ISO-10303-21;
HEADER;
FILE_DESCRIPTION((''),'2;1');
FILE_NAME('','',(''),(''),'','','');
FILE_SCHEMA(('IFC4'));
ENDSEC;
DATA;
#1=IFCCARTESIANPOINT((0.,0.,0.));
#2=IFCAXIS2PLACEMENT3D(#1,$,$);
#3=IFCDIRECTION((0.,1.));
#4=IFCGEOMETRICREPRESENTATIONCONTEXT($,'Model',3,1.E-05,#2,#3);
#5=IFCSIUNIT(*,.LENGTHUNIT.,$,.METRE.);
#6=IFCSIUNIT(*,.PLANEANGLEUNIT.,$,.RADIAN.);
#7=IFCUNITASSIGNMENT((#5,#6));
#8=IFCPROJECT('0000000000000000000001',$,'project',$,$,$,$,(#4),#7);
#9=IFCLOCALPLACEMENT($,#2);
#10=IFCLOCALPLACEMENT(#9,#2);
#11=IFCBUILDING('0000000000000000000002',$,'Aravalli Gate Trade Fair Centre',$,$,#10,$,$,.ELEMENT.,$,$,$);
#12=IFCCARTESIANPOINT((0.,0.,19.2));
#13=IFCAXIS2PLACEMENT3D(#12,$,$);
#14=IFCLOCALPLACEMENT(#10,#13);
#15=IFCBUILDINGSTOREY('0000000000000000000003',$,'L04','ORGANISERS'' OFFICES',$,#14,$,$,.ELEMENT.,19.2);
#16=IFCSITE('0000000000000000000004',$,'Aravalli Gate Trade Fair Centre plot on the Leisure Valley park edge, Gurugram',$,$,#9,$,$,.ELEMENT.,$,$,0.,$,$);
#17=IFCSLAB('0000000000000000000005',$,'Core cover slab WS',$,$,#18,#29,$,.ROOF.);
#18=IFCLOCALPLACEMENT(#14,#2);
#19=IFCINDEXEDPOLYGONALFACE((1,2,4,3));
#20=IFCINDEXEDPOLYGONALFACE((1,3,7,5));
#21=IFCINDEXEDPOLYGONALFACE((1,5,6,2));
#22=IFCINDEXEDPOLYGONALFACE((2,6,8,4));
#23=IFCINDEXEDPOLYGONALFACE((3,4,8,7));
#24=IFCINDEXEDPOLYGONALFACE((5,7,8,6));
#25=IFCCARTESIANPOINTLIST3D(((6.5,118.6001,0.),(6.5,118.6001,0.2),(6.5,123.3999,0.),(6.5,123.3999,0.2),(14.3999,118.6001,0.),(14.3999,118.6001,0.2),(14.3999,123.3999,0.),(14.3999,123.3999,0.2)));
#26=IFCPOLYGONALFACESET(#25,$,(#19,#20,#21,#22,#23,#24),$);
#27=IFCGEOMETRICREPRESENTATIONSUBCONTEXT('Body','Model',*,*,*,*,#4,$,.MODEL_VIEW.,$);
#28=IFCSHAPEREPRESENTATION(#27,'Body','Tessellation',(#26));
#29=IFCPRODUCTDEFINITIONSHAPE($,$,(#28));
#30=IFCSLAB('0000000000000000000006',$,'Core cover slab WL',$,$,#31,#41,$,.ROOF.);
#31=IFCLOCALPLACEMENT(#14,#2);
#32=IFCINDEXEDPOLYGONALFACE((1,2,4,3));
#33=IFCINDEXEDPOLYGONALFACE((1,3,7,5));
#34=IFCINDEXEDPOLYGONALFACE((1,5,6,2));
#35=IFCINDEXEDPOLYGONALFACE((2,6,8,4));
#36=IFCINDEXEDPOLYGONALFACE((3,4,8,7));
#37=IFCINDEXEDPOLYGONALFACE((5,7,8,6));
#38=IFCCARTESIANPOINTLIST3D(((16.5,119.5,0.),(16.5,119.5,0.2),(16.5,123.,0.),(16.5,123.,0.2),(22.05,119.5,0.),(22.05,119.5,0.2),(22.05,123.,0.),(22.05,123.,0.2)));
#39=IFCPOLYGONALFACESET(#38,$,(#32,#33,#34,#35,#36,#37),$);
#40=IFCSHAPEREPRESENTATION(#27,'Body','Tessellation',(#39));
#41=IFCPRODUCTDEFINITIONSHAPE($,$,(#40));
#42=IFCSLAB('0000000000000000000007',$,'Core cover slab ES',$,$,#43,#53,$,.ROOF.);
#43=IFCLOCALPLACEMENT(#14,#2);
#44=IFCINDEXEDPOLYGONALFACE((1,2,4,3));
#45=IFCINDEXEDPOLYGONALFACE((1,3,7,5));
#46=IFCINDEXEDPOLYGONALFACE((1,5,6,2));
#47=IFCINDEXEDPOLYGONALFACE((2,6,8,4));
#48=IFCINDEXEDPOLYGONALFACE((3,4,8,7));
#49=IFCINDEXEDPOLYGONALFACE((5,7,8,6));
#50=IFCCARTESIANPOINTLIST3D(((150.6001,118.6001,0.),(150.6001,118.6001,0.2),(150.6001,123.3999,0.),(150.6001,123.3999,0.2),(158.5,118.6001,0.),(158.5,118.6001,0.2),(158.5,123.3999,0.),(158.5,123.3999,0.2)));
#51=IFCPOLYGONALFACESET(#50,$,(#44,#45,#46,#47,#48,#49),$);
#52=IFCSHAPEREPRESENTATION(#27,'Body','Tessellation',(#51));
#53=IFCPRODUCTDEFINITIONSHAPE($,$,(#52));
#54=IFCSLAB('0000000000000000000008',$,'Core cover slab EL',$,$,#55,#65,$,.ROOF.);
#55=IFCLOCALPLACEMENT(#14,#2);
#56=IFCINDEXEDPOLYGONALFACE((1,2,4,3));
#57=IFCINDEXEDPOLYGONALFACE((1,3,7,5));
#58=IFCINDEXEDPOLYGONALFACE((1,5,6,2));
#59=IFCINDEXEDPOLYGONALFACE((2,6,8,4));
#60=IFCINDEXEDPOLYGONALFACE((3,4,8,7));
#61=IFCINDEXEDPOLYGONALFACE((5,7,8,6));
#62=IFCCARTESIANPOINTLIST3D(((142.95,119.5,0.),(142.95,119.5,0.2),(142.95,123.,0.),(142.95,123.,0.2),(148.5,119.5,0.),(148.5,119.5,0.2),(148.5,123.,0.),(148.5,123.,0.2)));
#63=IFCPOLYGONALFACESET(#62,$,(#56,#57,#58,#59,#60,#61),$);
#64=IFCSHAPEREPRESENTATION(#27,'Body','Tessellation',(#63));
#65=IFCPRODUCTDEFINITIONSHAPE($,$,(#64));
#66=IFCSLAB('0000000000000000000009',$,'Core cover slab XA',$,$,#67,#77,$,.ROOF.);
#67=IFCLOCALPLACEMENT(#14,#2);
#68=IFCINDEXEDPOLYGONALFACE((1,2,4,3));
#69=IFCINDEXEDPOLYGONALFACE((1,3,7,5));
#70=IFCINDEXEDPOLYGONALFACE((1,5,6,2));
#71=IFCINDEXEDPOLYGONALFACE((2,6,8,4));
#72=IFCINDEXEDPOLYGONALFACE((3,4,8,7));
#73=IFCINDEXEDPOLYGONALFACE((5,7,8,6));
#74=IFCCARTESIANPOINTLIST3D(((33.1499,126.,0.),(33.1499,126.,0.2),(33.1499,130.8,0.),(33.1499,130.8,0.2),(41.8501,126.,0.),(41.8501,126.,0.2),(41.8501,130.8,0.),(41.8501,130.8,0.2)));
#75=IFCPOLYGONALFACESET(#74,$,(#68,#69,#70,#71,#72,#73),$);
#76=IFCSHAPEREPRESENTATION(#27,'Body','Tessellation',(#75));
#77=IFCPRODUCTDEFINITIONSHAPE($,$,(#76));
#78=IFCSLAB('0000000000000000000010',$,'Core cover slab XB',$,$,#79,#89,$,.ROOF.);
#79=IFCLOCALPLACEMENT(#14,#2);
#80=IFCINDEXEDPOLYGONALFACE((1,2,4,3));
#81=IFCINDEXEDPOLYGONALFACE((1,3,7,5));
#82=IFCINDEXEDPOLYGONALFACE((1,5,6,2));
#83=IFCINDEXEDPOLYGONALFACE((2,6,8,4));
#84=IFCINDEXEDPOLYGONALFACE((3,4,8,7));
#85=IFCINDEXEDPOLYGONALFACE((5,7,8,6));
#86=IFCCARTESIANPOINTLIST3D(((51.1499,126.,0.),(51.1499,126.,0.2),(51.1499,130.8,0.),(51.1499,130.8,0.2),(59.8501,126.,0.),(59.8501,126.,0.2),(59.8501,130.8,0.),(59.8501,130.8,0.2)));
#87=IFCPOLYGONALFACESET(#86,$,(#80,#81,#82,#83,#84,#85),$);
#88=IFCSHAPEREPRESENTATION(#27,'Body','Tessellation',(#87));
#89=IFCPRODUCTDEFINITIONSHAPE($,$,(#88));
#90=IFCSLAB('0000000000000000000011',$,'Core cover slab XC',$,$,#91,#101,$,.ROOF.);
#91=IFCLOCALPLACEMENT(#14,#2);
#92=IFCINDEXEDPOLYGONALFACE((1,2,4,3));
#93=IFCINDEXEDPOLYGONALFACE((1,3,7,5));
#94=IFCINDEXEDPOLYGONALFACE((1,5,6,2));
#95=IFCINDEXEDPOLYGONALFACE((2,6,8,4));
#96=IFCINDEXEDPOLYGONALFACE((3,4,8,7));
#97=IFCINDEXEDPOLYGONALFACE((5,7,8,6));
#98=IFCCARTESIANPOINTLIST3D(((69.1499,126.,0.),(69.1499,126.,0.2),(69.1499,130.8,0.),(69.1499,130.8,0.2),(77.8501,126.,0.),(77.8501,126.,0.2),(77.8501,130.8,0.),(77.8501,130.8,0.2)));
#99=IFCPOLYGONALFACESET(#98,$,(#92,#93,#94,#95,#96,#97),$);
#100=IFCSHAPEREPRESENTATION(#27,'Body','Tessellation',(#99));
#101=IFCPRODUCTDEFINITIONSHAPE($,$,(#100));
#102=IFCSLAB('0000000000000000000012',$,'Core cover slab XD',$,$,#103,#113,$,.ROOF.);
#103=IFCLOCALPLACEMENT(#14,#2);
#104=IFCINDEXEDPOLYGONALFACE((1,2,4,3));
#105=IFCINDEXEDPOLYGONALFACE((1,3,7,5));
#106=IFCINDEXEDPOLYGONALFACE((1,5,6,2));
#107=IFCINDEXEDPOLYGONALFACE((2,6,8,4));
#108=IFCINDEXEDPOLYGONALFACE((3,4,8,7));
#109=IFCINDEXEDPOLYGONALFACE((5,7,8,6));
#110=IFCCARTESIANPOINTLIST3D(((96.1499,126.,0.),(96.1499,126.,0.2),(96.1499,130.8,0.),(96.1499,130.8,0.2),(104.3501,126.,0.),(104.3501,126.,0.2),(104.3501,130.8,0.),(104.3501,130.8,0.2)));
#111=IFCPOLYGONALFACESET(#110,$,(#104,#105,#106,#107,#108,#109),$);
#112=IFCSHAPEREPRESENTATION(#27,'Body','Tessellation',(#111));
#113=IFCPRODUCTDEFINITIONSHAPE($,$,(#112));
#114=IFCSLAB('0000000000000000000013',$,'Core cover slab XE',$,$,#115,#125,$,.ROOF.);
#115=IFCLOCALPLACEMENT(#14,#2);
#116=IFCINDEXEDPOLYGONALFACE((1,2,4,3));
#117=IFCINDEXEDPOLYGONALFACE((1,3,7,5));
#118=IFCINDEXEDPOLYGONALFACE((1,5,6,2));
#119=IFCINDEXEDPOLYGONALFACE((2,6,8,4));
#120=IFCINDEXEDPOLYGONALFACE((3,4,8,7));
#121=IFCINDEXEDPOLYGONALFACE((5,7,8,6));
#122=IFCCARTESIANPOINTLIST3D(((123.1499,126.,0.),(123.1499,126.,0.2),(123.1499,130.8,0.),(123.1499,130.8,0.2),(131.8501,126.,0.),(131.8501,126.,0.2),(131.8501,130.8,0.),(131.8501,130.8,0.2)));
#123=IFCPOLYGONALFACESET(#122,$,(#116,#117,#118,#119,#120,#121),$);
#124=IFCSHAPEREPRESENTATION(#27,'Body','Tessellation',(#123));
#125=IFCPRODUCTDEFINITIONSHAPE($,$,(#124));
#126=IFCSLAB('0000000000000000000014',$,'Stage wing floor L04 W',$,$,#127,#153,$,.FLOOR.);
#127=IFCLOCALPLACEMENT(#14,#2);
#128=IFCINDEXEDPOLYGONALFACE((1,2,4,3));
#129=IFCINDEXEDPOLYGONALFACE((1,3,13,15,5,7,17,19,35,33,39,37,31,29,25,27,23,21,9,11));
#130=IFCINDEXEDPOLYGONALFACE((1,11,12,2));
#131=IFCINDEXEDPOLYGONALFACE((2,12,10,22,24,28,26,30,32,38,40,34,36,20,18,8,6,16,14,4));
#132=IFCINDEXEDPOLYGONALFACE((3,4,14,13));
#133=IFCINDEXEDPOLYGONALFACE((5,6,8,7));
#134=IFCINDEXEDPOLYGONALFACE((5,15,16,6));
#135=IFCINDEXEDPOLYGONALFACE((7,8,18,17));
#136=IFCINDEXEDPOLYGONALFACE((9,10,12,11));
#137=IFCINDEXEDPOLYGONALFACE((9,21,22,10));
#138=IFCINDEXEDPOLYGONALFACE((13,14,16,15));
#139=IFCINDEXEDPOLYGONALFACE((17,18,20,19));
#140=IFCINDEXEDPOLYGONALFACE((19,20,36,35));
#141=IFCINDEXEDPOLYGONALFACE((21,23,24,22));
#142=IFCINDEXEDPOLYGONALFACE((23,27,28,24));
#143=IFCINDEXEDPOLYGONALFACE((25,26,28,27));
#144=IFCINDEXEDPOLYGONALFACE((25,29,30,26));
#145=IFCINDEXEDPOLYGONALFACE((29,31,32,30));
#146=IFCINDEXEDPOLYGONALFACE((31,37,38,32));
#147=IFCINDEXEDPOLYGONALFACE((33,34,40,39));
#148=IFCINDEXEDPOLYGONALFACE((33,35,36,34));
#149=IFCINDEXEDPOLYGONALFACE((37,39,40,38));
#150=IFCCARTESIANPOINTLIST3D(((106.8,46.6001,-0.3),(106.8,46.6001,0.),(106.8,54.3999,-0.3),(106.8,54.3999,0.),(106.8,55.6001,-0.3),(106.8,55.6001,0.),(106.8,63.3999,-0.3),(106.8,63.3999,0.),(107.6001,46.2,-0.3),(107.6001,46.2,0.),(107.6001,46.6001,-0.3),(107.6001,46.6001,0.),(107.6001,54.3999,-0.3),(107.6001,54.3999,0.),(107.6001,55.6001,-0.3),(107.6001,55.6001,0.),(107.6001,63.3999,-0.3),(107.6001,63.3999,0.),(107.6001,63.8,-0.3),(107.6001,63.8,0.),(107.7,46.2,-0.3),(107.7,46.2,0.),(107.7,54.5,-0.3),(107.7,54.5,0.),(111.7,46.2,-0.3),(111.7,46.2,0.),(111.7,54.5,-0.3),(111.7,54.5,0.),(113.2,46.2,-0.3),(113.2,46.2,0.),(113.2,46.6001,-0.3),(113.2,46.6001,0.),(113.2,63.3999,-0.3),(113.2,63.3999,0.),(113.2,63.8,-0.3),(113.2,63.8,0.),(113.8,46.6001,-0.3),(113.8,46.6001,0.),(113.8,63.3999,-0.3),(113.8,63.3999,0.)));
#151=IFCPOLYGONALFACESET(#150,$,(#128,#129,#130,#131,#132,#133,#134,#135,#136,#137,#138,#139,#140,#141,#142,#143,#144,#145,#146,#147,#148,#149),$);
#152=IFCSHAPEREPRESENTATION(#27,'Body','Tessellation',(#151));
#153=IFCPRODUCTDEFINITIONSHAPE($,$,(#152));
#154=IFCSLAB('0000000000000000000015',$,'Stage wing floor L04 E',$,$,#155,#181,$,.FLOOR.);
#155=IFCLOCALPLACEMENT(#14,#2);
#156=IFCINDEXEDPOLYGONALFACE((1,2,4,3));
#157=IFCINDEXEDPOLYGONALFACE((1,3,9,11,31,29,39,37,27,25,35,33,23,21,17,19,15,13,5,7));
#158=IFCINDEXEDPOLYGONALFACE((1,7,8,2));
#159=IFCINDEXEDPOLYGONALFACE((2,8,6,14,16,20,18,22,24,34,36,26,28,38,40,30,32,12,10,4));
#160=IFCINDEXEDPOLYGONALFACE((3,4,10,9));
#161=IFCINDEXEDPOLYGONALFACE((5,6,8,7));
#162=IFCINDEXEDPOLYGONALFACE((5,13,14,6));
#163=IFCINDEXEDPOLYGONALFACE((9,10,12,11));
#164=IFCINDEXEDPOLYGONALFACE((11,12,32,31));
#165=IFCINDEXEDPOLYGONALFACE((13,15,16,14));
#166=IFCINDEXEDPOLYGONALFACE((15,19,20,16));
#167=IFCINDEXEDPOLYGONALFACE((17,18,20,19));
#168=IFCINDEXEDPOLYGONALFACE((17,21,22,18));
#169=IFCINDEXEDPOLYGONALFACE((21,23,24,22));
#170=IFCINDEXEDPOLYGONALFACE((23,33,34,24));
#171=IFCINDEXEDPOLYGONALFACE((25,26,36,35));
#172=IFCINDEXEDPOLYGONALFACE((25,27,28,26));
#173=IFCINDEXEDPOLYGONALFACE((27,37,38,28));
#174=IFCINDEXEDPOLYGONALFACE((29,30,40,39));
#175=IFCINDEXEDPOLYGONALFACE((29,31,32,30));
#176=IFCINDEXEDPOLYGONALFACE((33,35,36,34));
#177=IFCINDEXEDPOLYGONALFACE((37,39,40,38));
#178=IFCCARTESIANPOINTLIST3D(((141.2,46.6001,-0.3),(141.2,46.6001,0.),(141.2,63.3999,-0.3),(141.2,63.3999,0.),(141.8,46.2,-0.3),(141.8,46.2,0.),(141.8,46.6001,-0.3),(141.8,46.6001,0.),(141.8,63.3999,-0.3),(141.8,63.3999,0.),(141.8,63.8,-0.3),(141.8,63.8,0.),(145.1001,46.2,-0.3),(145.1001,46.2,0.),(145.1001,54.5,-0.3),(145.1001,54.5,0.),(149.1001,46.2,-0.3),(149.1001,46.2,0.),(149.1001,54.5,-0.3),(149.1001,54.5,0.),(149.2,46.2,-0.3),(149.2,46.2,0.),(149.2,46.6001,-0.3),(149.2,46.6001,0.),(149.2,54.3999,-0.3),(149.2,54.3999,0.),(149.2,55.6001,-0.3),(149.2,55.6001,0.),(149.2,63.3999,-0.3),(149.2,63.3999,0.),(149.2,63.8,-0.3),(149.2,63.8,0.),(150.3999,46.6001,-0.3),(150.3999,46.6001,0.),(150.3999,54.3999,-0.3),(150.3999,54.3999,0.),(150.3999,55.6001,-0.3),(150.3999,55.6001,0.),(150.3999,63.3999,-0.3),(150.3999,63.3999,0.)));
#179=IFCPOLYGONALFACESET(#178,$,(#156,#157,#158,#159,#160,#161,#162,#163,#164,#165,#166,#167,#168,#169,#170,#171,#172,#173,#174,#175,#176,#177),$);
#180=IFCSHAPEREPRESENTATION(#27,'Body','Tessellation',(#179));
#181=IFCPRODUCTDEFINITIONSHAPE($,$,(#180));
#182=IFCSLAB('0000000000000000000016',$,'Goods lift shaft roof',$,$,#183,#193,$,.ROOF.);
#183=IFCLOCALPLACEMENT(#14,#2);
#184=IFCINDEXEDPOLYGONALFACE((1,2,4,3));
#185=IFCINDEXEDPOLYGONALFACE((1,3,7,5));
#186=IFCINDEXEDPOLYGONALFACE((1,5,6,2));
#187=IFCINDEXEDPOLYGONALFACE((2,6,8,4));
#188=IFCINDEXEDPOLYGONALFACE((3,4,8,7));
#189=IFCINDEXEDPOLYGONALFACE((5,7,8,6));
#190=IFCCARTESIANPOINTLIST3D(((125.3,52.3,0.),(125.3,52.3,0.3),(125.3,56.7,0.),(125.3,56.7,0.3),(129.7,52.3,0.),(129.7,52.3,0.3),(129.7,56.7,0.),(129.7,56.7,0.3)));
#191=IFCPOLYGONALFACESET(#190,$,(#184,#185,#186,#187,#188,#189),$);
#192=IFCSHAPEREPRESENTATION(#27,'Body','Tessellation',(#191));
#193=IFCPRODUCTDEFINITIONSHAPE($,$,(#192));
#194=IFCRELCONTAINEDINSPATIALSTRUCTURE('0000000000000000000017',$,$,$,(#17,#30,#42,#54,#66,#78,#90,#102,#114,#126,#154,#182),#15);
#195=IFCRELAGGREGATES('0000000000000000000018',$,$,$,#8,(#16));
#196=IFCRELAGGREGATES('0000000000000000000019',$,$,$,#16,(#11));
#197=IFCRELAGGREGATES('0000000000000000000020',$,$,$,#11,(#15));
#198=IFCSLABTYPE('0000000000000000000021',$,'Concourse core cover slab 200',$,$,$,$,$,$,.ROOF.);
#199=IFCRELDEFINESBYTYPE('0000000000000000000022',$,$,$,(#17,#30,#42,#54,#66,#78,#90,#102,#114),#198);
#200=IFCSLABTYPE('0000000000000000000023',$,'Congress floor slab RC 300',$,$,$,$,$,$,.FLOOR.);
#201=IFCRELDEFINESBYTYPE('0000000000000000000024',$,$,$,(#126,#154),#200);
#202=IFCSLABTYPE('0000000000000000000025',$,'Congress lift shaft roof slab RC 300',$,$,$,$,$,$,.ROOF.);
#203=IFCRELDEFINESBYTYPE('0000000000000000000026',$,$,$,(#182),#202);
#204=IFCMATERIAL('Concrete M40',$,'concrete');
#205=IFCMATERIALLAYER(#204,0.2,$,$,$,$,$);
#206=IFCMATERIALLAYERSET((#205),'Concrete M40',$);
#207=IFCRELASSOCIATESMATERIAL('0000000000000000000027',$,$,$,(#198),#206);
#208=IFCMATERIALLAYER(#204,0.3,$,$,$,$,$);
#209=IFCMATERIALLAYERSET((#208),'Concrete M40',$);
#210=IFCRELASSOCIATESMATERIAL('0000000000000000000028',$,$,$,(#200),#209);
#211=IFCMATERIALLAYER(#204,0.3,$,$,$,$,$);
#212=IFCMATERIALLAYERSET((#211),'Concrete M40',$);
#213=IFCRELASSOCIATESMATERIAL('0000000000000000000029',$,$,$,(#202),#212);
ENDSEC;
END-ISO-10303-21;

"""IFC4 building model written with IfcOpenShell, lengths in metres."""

from ifc_helpers import new_model, si_unit, direction, frame, origin, place, context, subcontext, project, spatial, polyline, outline, extrude, material, layer, layer_set, type_object, element, save


model = new_model("IFC4")

# Units and contexts
model_context = context("Model", 3, precision=1e-05, world=origin(), true_north=direction((0.0, 1.0)))
body_context = subcontext(model_context, "Body", "Model", "MODEL_VIEW")
ifc_project = project(units=[si_unit("LENGTHUNIT", "METRE"), si_unit("PLANEANGLEUNIT", "RADIAN")], contexts=[model_context])

# Site, building, storey
site_placement = place(None, origin())
site = spatial("IfcSite", under=ifc_project, at=site_placement, Name="Aravalli Gate Trade Fair Centre plot on the Leisure Valley park edge, Gurugram", CompositionType="ELEMENT", RefElevation=0.0)
building_placement = place(site_placement, origin())
building = spatial("IfcBuilding", under=site, at=building_placement, Name="Aravalli Gate Trade Fair Centre", CompositionType="ELEMENT")
storey_placement = place(building_placement, frame((0.0, 0.0, 19.2)))
storey = spatial("IfcBuildingStorey", under=building, at=storey_placement, Name="L04", Description="ORGANISERS' OFFICES", CompositionType="ELEMENT", Elevation=19.2)

# Slabs
ifc_material_1 = material(Name="Concrete M40", Category="concrete")
ifc_layer_1 = layer(ifc_material_1, 0.2)
ifc_layer_set_1 = layer_set([ifc_layer_1], Name="Concrete M40")
slab_type_1 = type_object("IfcSlabType", Name="Concourse core cover slab 200", PredefinedType="ROOF", material=ifc_layer_set_1)
slab_1_placement = place(storey_placement, origin())
element("IfcSlab", 1, at=slab_1_placement, inside=storey, type_object=slab_type_1, Name="Core cover slab WS", PredefinedType="ROOF", context=body_context, shape_type="SweptSolid", body=[
    extrude(outline(polyline([(6.5, 118.6001), (14.3999, 118.6001), (14.3999, 123.3999), (6.5, 123.3999), (6.5, 118.6001)])), origin(), (0.0, 0.0, 1.0), 0.2),
])
slab_2_placement = place(storey_placement, origin())
element("IfcSlab", 2, at=slab_2_placement, inside=storey, type_object=slab_type_1, Name="Core cover slab WL", PredefinedType="ROOF", context=body_context, shape_type="SweptSolid", body=[
    extrude(outline(polyline([(16.5, 119.5), (22.05, 119.5), (22.05, 123.0), (16.5, 123.0), (16.5, 119.5)])), origin(), (0.0, 0.0, 1.0), 0.2),
])
slab_3_placement = place(storey_placement, origin())
element("IfcSlab", 3, at=slab_3_placement, inside=storey, type_object=slab_type_1, Name="Core cover slab ES", PredefinedType="ROOF", context=body_context, shape_type="SweptSolid", body=[
    extrude(outline(polyline([(150.6001, 118.6001), (158.5, 118.6001), (158.5, 123.3999), (150.6001, 123.3999), (150.6001, 118.6001)])), origin(), (0.0, 0.0, 1.0), 0.2),
])
slab_4_placement = place(storey_placement, origin())
element("IfcSlab", 4, at=slab_4_placement, inside=storey, type_object=slab_type_1, Name="Core cover slab EL", PredefinedType="ROOF", context=body_context, shape_type="SweptSolid", body=[
    extrude(outline(polyline([(142.95, 119.5), (148.5, 119.5), (148.5, 123.0), (142.95, 123.0), (142.95, 119.5)])), origin(), (0.0, 0.0, 1.0), 0.2),
])
slab_5_placement = place(storey_placement, origin())
element("IfcSlab", 5, at=slab_5_placement, inside=storey, type_object=slab_type_1, Name="Core cover slab XA", PredefinedType="ROOF", context=body_context, shape_type="SweptSolid", body=[
    extrude(outline(polyline([(33.1499, 126.0), (41.8501, 126.0), (41.8501, 130.8), (33.1499, 130.8), (33.1499, 126.0)])), origin(), (0.0, 0.0, 1.0), 0.2),
])
slab_6_placement = place(storey_placement, origin())
element("IfcSlab", 6, at=slab_6_placement, inside=storey, type_object=slab_type_1, Name="Core cover slab XB", PredefinedType="ROOF", context=body_context, shape_type="SweptSolid", body=[
    extrude(outline(polyline([(51.1499, 126.0), (59.8501, 126.0), (59.8501, 130.8), (51.1499, 130.8), (51.1499, 126.0)])), origin(), (0.0, 0.0, 1.0), 0.2),
])
slab_7_placement = place(storey_placement, origin())
element("IfcSlab", 7, at=slab_7_placement, inside=storey, type_object=slab_type_1, Name="Core cover slab XC", PredefinedType="ROOF", context=body_context, shape_type="SweptSolid", body=[
    extrude(outline(polyline([(69.1499, 126.0), (77.8501, 126.0), (77.8501, 130.8), (69.1499, 130.8), (69.1499, 126.0)])), origin(), (0.0, 0.0, 1.0), 0.2),
])
slab_8_placement = place(storey_placement, origin())
element("IfcSlab", 8, at=slab_8_placement, inside=storey, type_object=slab_type_1, Name="Core cover slab XD", PredefinedType="ROOF", context=body_context, shape_type="SweptSolid", body=[
    extrude(outline(polyline([(96.1499, 126.0), (104.3501, 126.0), (104.3501, 130.8), (96.1499, 130.8), (96.1499, 126.0)])), origin(), (0.0, 0.0, 1.0), 0.2),
])
slab_9_placement = place(storey_placement, origin())
element("IfcSlab", 9, at=slab_9_placement, inside=storey, type_object=slab_type_1, Name="Core cover slab XE", PredefinedType="ROOF", context=body_context, shape_type="SweptSolid", body=[
    extrude(outline(polyline([(123.1499, 126.0), (131.8501, 126.0), (131.8501, 130.8), (123.1499, 130.8), (123.1499, 126.0)])), origin(), (0.0, 0.0, 1.0), 0.2),
])
ifc_layer_2 = layer(ifc_material_1, 0.3)
ifc_layer_set_2 = layer_set([ifc_layer_2], Name="Concrete M40")
slab_type_2 = type_object("IfcSlabType", Name="Congress floor slab RC 300", PredefinedType="FLOOR", material=ifc_layer_set_2)
slab_10_placement = place(storey_placement, frame((0.0, 0.0, -0.3)))
element("IfcSlab", 10, at=slab_10_placement, inside=storey, type_object=slab_type_2, Name="Stage wing floor L04 W", PredefinedType="FLOOR", context=body_context, shape_type="SweptSolid", body=[
    extrude(outline(polyline([(113.2, 46.6001), (113.2, 46.2), (111.7, 46.2), (111.7, 54.5), (107.7, 54.5), (107.7, 46.2), (107.6001, 46.2), (107.6001, 46.6001), (106.8, 46.6001), (106.8, 54.3999), (107.6001, 54.3999), (107.6001, 55.6001), (106.8, 55.6001), (106.8, 63.3999), (107.6001, 63.3999), (107.6001, 63.8), (113.2, 63.8), (113.2, 63.3999), (113.8, 63.3999), (113.8, 46.6001), (113.2, 46.6001)])), origin(), (0.0, 0.0, 1.0), 0.3),
])
slab_11_placement = place(storey_placement, frame((0.0, 0.0, -0.3)))
element("IfcSlab", 11, at=slab_11_placement, inside=storey, type_object=slab_type_2, Name="Stage wing floor L04 E", PredefinedType="FLOOR", context=body_context, shape_type="SweptSolid", body=[
    extrude(outline(polyline([(149.2, 46.6001), (149.2, 46.2), (149.1001, 46.2), (149.1001, 54.5), (145.1001, 54.5), (145.1001, 46.2), (141.8, 46.2), (141.8, 46.6001), (141.2, 46.6001), (141.2, 63.3999), (141.8, 63.3999), (141.8, 63.8), (149.2, 63.8), (149.2, 63.3999), (150.3999, 63.3999), (150.3999, 55.6001), (149.2, 55.6001), (149.2, 54.3999), (150.3999, 54.3999), (150.3999, 46.6001), (149.2, 46.6001)])), origin(), (0.0, 0.0, 1.0), 0.3),
])
ifc_layer_3 = layer(ifc_material_1, 0.3)
ifc_layer_set_3 = layer_set([ifc_layer_3], Name="Concrete M40")
slab_type_3 = type_object("IfcSlabType", Name="Congress lift shaft roof slab RC 300", PredefinedType="ROOF", material=ifc_layer_set_3)
slab_12_placement = place(storey_placement, origin())
element("IfcSlab", 12, at=slab_12_placement, inside=storey, type_object=slab_type_3, Name="Goods lift shaft roof", PredefinedType="ROOF", context=body_context, shape_type="SweptSolid", body=[
    extrude(outline(polyline([(125.3, 52.3), (129.7, 52.3), (129.7, 56.7), (125.3, 56.7), (125.3, 52.3)])), origin(), (0.0, 0.0, 1.0), 0.3),
])

save(model, "model.ifc")
